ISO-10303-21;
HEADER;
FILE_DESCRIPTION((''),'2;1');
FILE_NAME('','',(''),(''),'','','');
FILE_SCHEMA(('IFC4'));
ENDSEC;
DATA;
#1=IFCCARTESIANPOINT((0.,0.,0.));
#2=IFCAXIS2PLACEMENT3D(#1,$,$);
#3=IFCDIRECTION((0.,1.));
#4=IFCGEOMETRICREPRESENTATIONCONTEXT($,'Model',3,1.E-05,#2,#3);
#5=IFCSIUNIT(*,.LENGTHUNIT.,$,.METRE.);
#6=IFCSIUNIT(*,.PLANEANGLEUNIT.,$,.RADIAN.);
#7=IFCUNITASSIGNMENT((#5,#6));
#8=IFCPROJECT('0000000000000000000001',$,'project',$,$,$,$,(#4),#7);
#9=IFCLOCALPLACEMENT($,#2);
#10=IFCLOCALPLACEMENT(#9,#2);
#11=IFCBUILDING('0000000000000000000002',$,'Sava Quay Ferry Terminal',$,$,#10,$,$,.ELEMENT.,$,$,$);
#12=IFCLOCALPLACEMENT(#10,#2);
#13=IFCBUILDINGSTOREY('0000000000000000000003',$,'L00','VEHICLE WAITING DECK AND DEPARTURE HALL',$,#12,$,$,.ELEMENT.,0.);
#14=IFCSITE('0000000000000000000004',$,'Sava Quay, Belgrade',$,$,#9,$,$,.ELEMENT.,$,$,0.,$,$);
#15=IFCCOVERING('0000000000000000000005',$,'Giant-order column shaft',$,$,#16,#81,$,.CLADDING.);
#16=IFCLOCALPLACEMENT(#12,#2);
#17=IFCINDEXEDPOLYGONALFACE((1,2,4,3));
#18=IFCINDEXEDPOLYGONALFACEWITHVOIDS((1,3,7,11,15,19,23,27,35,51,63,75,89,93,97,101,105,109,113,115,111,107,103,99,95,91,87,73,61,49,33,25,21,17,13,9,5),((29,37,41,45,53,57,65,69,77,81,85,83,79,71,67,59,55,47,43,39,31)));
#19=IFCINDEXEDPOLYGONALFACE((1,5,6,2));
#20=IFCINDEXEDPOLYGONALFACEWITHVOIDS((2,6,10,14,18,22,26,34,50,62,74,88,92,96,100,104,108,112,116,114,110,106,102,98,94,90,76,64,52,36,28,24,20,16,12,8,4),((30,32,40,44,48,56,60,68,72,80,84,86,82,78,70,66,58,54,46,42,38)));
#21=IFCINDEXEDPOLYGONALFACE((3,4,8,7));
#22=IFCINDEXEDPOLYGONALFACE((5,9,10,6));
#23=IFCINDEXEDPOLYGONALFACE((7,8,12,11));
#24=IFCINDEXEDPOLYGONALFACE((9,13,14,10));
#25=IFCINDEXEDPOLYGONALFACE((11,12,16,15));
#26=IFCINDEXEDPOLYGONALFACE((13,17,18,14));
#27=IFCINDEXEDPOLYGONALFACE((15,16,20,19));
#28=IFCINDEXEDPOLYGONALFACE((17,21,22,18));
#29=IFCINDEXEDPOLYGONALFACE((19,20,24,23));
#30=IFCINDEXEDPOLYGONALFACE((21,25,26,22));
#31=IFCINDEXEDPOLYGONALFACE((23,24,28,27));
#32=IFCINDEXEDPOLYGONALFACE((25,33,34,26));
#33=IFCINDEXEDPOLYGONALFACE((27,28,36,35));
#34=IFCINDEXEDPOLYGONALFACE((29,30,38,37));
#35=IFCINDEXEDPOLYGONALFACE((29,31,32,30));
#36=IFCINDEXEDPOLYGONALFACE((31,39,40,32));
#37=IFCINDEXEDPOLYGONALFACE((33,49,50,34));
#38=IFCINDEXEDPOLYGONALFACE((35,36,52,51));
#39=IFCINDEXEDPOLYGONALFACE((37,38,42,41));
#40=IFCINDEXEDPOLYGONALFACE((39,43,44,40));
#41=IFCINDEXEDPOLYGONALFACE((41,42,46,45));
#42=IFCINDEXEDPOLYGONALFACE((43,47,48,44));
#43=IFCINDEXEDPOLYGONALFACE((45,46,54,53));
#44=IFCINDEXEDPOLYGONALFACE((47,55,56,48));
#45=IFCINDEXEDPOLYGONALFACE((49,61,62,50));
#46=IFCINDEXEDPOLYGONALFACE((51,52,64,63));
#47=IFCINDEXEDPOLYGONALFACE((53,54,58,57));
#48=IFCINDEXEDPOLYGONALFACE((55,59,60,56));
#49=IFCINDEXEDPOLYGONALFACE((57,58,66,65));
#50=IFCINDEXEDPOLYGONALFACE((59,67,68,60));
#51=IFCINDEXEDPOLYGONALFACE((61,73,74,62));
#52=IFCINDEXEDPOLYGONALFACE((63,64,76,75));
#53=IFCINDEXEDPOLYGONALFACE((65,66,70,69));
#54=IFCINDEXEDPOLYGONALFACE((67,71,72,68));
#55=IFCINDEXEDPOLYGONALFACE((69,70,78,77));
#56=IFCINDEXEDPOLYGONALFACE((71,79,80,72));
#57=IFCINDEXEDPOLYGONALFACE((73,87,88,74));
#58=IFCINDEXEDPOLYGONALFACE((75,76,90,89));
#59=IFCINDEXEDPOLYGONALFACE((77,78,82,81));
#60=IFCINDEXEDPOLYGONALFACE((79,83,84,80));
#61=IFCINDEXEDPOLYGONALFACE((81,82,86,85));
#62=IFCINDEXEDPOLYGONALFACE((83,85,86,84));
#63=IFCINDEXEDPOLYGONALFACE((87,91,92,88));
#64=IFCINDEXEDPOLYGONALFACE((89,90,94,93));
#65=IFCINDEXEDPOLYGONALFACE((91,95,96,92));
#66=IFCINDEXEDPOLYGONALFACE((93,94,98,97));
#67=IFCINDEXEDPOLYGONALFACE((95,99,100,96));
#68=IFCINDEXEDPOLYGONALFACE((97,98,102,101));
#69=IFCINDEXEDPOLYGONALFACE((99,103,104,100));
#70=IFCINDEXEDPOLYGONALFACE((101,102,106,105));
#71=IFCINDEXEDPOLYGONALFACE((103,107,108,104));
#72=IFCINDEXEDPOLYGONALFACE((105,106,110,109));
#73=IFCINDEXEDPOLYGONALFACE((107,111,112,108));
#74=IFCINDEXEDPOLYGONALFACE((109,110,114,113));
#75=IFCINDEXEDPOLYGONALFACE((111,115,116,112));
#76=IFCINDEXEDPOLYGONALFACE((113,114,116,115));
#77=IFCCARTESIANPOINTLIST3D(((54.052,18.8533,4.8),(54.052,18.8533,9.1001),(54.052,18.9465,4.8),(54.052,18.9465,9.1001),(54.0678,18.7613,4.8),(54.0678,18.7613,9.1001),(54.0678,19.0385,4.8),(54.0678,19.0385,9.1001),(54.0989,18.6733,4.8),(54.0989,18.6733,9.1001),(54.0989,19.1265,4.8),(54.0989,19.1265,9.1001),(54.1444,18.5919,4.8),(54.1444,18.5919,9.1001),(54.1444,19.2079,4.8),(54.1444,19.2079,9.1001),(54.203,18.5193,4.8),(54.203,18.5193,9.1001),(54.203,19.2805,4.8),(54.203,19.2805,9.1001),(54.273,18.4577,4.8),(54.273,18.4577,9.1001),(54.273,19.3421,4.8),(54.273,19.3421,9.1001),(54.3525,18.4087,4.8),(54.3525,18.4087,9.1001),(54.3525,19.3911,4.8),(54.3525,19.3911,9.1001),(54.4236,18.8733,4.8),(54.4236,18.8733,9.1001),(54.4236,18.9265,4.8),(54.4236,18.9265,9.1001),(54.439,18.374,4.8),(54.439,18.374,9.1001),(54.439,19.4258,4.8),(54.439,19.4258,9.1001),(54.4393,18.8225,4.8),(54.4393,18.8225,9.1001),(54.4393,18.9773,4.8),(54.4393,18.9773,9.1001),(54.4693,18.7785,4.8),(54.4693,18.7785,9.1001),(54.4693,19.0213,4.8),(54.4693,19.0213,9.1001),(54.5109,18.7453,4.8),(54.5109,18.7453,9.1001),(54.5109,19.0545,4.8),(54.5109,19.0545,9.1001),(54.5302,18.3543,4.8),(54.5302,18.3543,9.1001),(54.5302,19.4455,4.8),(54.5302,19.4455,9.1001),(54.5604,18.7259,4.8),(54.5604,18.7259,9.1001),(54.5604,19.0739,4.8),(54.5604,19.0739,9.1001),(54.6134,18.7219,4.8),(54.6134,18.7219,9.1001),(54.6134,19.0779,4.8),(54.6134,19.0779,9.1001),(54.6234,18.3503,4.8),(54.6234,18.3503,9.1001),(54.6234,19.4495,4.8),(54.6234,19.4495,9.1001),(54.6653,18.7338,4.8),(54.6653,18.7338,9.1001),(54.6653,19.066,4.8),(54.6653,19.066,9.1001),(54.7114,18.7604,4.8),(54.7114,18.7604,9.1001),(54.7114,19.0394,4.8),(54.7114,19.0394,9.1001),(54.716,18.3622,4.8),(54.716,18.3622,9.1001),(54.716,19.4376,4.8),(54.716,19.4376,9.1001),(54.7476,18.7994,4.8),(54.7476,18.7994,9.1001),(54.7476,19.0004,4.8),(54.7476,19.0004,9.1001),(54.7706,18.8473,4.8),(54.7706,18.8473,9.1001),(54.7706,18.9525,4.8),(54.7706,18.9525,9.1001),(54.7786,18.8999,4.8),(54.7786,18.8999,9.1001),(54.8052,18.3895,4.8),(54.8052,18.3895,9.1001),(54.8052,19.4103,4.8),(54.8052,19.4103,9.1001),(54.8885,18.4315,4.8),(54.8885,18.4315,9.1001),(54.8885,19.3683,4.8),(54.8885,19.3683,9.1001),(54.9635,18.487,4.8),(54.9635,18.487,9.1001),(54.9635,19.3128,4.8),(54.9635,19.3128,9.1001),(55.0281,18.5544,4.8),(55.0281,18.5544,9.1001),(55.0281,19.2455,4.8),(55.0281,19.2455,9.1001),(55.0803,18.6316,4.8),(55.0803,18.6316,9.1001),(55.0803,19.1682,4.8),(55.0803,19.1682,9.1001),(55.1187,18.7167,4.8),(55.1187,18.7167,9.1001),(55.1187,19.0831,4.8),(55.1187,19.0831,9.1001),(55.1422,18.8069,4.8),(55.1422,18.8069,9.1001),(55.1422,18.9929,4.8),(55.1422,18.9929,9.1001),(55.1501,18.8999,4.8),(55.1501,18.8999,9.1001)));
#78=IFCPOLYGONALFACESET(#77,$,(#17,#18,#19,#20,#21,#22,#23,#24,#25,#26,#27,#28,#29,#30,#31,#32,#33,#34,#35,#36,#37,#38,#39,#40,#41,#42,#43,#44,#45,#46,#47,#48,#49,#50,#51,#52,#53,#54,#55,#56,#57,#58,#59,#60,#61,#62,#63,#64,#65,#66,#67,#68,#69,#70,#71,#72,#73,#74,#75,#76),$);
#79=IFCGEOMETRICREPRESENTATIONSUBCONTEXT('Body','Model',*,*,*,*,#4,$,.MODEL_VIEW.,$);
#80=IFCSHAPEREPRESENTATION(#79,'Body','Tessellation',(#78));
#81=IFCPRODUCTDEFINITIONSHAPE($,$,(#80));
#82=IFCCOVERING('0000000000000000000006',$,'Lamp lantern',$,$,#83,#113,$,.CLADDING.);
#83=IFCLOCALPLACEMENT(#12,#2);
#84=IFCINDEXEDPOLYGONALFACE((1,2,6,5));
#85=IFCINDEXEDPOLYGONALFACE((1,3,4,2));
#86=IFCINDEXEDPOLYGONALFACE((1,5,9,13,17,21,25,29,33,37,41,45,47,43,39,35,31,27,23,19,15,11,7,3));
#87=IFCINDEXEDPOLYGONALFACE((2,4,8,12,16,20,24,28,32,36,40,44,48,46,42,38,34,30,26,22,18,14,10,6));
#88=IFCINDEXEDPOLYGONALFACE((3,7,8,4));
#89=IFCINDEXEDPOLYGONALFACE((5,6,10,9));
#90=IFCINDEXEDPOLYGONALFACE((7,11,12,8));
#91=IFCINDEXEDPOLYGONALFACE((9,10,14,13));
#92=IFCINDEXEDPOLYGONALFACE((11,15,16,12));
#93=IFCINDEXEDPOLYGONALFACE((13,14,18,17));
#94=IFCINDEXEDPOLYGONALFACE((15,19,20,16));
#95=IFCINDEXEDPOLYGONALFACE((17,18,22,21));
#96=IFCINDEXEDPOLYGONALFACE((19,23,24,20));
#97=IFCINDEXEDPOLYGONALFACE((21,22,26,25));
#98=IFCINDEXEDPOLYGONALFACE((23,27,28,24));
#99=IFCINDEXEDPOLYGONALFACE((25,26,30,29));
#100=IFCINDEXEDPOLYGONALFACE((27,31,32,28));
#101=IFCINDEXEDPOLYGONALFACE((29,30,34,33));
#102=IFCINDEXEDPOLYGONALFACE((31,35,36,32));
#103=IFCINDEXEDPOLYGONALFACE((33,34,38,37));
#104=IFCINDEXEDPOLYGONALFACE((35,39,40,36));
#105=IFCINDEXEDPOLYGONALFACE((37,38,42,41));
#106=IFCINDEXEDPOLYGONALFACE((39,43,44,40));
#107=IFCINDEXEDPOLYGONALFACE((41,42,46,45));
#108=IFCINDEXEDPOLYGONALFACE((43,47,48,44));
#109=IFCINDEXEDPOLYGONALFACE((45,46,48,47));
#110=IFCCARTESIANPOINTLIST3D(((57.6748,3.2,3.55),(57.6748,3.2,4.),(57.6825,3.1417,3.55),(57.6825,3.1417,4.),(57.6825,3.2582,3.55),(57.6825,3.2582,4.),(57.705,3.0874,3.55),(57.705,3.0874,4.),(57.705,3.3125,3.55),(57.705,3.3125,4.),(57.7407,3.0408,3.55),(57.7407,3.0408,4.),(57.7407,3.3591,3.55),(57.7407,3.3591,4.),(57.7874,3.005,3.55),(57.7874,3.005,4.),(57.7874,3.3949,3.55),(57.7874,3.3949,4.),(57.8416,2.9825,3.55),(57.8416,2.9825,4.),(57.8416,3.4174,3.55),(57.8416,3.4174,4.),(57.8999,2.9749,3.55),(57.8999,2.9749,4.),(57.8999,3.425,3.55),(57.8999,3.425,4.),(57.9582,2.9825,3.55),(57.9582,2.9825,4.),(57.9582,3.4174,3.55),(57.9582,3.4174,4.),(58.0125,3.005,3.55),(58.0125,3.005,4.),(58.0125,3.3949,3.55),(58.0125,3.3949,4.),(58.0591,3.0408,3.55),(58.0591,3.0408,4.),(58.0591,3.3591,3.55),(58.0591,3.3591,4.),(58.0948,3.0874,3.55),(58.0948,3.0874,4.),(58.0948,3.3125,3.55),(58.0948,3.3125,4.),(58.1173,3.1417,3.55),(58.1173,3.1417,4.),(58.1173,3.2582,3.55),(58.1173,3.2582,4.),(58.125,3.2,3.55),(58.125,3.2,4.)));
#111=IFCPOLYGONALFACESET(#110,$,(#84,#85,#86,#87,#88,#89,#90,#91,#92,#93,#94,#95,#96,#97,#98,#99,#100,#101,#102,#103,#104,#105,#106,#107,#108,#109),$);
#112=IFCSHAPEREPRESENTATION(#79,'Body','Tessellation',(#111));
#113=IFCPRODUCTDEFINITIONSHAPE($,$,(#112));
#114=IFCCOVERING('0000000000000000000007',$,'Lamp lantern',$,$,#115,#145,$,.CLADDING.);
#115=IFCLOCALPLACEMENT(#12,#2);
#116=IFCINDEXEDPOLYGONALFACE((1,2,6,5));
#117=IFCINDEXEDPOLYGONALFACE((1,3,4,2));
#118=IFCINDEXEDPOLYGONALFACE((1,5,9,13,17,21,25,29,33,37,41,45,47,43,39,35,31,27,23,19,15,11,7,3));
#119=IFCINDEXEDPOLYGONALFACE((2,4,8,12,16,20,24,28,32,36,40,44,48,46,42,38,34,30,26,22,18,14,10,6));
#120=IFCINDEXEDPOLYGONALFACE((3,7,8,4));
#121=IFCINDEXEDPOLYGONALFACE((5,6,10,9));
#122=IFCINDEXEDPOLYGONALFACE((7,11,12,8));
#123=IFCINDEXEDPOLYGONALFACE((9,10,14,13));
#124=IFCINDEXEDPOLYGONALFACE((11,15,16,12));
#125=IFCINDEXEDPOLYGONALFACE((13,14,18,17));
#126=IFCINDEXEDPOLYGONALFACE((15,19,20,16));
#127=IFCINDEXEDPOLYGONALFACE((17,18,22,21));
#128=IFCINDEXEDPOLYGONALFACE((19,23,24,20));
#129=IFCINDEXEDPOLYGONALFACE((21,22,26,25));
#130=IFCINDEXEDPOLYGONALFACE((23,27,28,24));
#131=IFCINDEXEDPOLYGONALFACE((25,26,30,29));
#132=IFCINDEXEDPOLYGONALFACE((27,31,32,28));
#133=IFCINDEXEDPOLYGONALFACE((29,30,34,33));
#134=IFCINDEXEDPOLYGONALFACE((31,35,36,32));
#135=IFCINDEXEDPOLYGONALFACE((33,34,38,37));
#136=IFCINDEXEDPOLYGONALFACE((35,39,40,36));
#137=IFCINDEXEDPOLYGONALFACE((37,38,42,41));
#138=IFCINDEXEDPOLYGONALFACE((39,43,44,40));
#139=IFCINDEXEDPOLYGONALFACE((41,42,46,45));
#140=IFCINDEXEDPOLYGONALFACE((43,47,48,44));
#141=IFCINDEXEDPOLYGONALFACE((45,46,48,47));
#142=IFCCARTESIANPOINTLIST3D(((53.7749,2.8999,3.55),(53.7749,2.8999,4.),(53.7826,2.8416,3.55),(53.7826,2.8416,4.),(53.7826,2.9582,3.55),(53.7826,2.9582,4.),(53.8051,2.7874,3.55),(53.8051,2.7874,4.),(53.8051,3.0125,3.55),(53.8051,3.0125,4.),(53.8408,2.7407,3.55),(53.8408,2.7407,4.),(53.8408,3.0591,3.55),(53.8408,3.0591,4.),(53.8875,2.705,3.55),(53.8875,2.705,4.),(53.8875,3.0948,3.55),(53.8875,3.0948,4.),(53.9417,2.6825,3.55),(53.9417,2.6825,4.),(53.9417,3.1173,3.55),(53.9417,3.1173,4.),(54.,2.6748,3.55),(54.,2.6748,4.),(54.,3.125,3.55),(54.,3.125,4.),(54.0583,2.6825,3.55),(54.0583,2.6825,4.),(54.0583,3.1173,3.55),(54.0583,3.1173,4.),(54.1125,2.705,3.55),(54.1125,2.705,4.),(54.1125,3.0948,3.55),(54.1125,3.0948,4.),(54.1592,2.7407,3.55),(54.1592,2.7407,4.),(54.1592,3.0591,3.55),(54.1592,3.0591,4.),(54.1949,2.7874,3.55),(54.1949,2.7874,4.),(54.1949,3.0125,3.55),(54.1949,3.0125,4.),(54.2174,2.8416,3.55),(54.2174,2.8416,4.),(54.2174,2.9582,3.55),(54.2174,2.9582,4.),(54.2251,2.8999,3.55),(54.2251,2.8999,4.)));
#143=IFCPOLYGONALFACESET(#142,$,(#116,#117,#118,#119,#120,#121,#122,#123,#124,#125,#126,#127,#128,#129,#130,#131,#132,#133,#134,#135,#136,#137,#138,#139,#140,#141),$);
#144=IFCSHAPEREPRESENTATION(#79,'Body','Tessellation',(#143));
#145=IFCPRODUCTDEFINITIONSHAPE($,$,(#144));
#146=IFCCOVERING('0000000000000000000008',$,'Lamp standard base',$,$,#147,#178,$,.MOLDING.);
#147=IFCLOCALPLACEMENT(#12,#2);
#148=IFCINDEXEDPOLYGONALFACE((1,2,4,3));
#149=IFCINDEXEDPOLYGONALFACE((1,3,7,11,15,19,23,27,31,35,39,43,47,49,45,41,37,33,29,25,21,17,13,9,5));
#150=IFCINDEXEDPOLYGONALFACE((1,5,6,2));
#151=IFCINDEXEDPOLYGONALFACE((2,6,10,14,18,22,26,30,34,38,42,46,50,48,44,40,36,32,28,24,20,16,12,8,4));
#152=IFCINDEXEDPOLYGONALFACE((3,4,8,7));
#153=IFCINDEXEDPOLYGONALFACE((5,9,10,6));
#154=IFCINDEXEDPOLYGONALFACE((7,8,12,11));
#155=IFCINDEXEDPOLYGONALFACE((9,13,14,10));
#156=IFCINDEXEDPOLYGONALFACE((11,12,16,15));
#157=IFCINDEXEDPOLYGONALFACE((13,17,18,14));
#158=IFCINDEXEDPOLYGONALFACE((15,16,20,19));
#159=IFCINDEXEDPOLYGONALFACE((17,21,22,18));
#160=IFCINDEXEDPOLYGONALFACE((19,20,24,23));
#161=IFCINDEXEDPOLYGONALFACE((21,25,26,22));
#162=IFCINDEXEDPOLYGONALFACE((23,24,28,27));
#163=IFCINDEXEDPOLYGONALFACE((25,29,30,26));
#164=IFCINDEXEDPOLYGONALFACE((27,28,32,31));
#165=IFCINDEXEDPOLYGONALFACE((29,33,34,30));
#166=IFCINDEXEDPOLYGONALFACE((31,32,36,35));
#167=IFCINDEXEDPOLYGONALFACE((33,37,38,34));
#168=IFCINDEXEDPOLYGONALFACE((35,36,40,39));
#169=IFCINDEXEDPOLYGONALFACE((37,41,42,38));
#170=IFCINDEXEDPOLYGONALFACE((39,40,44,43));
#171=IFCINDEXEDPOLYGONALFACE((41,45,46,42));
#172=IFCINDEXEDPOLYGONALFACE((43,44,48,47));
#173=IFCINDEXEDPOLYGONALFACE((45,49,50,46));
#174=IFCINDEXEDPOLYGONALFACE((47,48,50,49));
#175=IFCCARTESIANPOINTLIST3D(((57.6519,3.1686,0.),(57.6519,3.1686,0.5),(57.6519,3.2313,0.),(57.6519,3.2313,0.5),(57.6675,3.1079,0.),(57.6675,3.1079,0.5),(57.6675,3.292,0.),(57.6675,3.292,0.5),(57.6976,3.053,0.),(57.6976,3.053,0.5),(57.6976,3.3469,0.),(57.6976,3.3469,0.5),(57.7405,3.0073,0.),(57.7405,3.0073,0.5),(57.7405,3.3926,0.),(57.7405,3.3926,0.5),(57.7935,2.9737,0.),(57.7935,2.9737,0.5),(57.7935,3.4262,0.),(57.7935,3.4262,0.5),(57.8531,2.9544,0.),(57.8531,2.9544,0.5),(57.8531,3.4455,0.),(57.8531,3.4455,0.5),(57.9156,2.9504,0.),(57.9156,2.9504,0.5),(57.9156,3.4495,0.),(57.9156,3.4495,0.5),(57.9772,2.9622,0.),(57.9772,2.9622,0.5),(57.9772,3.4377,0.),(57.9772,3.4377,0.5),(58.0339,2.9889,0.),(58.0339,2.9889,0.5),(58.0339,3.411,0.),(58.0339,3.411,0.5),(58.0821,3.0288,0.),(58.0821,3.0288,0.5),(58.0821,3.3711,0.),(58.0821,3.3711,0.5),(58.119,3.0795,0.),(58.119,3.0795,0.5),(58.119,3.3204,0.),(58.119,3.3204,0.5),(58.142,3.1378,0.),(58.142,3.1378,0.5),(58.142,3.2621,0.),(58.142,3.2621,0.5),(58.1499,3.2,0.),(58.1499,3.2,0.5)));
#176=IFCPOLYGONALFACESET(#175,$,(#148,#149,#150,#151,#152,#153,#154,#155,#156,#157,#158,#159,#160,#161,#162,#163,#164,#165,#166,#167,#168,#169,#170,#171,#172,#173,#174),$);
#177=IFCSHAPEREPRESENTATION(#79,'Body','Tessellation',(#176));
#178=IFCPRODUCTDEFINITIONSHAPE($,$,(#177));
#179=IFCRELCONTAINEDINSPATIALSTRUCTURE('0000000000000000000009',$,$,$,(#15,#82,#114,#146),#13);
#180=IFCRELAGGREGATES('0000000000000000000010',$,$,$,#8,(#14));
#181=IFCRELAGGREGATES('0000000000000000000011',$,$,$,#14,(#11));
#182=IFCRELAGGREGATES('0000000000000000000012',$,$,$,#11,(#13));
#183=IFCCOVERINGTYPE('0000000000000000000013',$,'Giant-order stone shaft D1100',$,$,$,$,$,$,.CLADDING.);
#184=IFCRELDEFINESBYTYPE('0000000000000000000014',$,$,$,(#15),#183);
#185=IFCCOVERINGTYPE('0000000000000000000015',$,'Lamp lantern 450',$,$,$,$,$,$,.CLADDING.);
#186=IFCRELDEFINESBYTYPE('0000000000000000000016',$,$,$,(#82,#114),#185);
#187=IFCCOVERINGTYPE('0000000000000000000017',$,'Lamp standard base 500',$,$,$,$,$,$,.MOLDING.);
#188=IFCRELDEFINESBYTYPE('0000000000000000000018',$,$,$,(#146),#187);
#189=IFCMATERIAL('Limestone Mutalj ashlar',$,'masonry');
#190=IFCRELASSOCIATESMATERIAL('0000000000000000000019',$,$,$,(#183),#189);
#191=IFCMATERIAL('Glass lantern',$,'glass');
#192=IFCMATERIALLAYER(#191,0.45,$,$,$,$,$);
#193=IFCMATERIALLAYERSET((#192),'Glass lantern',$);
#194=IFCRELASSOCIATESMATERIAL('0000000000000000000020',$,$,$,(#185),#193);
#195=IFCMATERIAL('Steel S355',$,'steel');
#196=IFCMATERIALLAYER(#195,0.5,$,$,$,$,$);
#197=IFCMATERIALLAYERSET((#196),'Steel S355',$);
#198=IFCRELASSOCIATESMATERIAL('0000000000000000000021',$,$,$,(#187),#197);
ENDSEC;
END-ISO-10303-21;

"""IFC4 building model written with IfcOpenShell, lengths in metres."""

from ifc_helpers import new_model, si_unit, direction, frame, origin, origin_2d, place, context, subcontext, project, spatial, circle, hollow_circle, extrude, material, layer, layer_set, material_profile, profile_set, type_object, element, save


model = new_model("IFC4")

# Units and contexts
model_context = context("Model", 3, precision=1e-05, world=origin(), true_north=direction((0.0, 1.0)))
body_context = subcontext(model_context, "Body", "Model", "MODEL_VIEW")
ifc_project = project(units=[si_unit("LENGTHUNIT", "METRE"), si_unit("PLANEANGLEUNIT", "RADIAN")], contexts=[model_context])

# Site, building, storey
site_placement = place(None, origin())
site = spatial("IfcSite", under=ifc_project, at=site_placement, Name="Sava Quay, Belgrade", CompositionType="ELEMENT", RefElevation=0.0)
building_placement = place(site_placement, origin())
building = spatial("IfcBuilding", under=site, at=building_placement, Name="Sava Quay Ferry Terminal", CompositionType="ELEMENT")
storey_placement = place(building_placement, origin())
storey = spatial("IfcBuildingStorey", under=building, at=storey_placement, Name="L00", Description="VEHICLE WAITING DECK AND DEPARTURE HALL", CompositionType="ELEMENT", Elevation=0.0)

# Coverings
ifc_material_1 = material(Name="Limestone Mutalj ashlar", Category="masonry")
ifc_material_profile_1 = material_profile(ifc_material_1, hollow_circle(Radius=0.55, WallThickness=0.3716, at=origin_2d()), Name="Stone shaft D1100")
ifc_profile_set_1 = profile_set([ifc_material_profile_1], Name="Limestone Mutalj ashlar")
covering_type_1 = type_object("IfcCoveringType", Name="Giant-order stone shaft D1100", PredefinedType="CLADDING", material=ifc_profile_set_1)
covering_1_placement = place(storey_placement, frame((54.6001, 18.8999, 4.8), z_axis=(0.0, 0.0, 1.0), x_axis=(1.0, 0.0, 0.0)))
element("IfcCovering", 1, at=covering_1_placement, inside=storey, type_object=covering_type_1, Name="Giant-order column shaft", PredefinedType="CLADDING", context=body_context, shape_type="SweptSolid", body=[
    extrude(hollow_circle(Radius=0.55, WallThickness=0.3716, at=origin_2d()), origin(), (0.0, 0.0, 1.0), 4.3),
])
ifc_material_2 = material(Name="Glass lantern", Category="glass")
ifc_layer_1 = layer(ifc_material_2, 0.45)
ifc_layer_set_1 = layer_set([ifc_layer_1], Name="Glass lantern")
covering_type_2 = type_object("IfcCoveringType", Name="Lamp lantern 450", PredefinedType="CLADDING", material=ifc_layer_set_1)
for number, where, z_axis, x_axis, name in (
    (2, (57.8999, 3.2, 4.0), (0.0, 0.0, -1.0), (1.0, 0.0, 0.0), "Lamp lantern"),
    (3, (54.0, 2.8999, 4.0), (0.0, 0.0, -1.0), (1.0, 0.0, 0.0), "Lamp lantern"),
):
    element("IfcCovering", number, at=place(storey_placement, frame(where, z_axis=z_axis, x_axis=x_axis)), inside=storey, type_object=covering_type_2, Name=name, PredefinedType="CLADDING", context=body_context, shape_type="SweptSolid", body=[
        extrude(circle(Radius=0.2251, at=origin_2d()), origin(), (0.0, 0.0, 1.0), 0.45),
    ])
ifc_material_3 = material(Name="Steel S355", Category="steel")
ifc_layer_2 = layer(ifc_material_3, 0.5)
ifc_layer_set_2 = layer_set([ifc_layer_2], Name="Steel S355")
covering_type_3 = type_object("IfcCoveringType", Name="Lamp standard base 500", PredefinedType="MOLDING", material=ifc_layer_set_2)
for number, where, z_axis, x_axis, name in (
    (4, (57.8999, 3.2, 0.5), (0.0, 0.0, -1.0), (1.0, 0.0, 0.0), "Lamp standard base"),
):
    element("IfcCovering", number, at=place(storey_placement, frame(where, z_axis=z_axis, x_axis=x_axis)), inside=storey, type_object=covering_type_3, Name=name, PredefinedType="MOLDING", context=body_context, shape_type="SweptSolid", body=[
        extrude(circle(Radius=0.25, at=origin_2d()), origin(), (0.0, 0.0, 1.0), 0.5),
    ])

save(model, "model.ifc")
